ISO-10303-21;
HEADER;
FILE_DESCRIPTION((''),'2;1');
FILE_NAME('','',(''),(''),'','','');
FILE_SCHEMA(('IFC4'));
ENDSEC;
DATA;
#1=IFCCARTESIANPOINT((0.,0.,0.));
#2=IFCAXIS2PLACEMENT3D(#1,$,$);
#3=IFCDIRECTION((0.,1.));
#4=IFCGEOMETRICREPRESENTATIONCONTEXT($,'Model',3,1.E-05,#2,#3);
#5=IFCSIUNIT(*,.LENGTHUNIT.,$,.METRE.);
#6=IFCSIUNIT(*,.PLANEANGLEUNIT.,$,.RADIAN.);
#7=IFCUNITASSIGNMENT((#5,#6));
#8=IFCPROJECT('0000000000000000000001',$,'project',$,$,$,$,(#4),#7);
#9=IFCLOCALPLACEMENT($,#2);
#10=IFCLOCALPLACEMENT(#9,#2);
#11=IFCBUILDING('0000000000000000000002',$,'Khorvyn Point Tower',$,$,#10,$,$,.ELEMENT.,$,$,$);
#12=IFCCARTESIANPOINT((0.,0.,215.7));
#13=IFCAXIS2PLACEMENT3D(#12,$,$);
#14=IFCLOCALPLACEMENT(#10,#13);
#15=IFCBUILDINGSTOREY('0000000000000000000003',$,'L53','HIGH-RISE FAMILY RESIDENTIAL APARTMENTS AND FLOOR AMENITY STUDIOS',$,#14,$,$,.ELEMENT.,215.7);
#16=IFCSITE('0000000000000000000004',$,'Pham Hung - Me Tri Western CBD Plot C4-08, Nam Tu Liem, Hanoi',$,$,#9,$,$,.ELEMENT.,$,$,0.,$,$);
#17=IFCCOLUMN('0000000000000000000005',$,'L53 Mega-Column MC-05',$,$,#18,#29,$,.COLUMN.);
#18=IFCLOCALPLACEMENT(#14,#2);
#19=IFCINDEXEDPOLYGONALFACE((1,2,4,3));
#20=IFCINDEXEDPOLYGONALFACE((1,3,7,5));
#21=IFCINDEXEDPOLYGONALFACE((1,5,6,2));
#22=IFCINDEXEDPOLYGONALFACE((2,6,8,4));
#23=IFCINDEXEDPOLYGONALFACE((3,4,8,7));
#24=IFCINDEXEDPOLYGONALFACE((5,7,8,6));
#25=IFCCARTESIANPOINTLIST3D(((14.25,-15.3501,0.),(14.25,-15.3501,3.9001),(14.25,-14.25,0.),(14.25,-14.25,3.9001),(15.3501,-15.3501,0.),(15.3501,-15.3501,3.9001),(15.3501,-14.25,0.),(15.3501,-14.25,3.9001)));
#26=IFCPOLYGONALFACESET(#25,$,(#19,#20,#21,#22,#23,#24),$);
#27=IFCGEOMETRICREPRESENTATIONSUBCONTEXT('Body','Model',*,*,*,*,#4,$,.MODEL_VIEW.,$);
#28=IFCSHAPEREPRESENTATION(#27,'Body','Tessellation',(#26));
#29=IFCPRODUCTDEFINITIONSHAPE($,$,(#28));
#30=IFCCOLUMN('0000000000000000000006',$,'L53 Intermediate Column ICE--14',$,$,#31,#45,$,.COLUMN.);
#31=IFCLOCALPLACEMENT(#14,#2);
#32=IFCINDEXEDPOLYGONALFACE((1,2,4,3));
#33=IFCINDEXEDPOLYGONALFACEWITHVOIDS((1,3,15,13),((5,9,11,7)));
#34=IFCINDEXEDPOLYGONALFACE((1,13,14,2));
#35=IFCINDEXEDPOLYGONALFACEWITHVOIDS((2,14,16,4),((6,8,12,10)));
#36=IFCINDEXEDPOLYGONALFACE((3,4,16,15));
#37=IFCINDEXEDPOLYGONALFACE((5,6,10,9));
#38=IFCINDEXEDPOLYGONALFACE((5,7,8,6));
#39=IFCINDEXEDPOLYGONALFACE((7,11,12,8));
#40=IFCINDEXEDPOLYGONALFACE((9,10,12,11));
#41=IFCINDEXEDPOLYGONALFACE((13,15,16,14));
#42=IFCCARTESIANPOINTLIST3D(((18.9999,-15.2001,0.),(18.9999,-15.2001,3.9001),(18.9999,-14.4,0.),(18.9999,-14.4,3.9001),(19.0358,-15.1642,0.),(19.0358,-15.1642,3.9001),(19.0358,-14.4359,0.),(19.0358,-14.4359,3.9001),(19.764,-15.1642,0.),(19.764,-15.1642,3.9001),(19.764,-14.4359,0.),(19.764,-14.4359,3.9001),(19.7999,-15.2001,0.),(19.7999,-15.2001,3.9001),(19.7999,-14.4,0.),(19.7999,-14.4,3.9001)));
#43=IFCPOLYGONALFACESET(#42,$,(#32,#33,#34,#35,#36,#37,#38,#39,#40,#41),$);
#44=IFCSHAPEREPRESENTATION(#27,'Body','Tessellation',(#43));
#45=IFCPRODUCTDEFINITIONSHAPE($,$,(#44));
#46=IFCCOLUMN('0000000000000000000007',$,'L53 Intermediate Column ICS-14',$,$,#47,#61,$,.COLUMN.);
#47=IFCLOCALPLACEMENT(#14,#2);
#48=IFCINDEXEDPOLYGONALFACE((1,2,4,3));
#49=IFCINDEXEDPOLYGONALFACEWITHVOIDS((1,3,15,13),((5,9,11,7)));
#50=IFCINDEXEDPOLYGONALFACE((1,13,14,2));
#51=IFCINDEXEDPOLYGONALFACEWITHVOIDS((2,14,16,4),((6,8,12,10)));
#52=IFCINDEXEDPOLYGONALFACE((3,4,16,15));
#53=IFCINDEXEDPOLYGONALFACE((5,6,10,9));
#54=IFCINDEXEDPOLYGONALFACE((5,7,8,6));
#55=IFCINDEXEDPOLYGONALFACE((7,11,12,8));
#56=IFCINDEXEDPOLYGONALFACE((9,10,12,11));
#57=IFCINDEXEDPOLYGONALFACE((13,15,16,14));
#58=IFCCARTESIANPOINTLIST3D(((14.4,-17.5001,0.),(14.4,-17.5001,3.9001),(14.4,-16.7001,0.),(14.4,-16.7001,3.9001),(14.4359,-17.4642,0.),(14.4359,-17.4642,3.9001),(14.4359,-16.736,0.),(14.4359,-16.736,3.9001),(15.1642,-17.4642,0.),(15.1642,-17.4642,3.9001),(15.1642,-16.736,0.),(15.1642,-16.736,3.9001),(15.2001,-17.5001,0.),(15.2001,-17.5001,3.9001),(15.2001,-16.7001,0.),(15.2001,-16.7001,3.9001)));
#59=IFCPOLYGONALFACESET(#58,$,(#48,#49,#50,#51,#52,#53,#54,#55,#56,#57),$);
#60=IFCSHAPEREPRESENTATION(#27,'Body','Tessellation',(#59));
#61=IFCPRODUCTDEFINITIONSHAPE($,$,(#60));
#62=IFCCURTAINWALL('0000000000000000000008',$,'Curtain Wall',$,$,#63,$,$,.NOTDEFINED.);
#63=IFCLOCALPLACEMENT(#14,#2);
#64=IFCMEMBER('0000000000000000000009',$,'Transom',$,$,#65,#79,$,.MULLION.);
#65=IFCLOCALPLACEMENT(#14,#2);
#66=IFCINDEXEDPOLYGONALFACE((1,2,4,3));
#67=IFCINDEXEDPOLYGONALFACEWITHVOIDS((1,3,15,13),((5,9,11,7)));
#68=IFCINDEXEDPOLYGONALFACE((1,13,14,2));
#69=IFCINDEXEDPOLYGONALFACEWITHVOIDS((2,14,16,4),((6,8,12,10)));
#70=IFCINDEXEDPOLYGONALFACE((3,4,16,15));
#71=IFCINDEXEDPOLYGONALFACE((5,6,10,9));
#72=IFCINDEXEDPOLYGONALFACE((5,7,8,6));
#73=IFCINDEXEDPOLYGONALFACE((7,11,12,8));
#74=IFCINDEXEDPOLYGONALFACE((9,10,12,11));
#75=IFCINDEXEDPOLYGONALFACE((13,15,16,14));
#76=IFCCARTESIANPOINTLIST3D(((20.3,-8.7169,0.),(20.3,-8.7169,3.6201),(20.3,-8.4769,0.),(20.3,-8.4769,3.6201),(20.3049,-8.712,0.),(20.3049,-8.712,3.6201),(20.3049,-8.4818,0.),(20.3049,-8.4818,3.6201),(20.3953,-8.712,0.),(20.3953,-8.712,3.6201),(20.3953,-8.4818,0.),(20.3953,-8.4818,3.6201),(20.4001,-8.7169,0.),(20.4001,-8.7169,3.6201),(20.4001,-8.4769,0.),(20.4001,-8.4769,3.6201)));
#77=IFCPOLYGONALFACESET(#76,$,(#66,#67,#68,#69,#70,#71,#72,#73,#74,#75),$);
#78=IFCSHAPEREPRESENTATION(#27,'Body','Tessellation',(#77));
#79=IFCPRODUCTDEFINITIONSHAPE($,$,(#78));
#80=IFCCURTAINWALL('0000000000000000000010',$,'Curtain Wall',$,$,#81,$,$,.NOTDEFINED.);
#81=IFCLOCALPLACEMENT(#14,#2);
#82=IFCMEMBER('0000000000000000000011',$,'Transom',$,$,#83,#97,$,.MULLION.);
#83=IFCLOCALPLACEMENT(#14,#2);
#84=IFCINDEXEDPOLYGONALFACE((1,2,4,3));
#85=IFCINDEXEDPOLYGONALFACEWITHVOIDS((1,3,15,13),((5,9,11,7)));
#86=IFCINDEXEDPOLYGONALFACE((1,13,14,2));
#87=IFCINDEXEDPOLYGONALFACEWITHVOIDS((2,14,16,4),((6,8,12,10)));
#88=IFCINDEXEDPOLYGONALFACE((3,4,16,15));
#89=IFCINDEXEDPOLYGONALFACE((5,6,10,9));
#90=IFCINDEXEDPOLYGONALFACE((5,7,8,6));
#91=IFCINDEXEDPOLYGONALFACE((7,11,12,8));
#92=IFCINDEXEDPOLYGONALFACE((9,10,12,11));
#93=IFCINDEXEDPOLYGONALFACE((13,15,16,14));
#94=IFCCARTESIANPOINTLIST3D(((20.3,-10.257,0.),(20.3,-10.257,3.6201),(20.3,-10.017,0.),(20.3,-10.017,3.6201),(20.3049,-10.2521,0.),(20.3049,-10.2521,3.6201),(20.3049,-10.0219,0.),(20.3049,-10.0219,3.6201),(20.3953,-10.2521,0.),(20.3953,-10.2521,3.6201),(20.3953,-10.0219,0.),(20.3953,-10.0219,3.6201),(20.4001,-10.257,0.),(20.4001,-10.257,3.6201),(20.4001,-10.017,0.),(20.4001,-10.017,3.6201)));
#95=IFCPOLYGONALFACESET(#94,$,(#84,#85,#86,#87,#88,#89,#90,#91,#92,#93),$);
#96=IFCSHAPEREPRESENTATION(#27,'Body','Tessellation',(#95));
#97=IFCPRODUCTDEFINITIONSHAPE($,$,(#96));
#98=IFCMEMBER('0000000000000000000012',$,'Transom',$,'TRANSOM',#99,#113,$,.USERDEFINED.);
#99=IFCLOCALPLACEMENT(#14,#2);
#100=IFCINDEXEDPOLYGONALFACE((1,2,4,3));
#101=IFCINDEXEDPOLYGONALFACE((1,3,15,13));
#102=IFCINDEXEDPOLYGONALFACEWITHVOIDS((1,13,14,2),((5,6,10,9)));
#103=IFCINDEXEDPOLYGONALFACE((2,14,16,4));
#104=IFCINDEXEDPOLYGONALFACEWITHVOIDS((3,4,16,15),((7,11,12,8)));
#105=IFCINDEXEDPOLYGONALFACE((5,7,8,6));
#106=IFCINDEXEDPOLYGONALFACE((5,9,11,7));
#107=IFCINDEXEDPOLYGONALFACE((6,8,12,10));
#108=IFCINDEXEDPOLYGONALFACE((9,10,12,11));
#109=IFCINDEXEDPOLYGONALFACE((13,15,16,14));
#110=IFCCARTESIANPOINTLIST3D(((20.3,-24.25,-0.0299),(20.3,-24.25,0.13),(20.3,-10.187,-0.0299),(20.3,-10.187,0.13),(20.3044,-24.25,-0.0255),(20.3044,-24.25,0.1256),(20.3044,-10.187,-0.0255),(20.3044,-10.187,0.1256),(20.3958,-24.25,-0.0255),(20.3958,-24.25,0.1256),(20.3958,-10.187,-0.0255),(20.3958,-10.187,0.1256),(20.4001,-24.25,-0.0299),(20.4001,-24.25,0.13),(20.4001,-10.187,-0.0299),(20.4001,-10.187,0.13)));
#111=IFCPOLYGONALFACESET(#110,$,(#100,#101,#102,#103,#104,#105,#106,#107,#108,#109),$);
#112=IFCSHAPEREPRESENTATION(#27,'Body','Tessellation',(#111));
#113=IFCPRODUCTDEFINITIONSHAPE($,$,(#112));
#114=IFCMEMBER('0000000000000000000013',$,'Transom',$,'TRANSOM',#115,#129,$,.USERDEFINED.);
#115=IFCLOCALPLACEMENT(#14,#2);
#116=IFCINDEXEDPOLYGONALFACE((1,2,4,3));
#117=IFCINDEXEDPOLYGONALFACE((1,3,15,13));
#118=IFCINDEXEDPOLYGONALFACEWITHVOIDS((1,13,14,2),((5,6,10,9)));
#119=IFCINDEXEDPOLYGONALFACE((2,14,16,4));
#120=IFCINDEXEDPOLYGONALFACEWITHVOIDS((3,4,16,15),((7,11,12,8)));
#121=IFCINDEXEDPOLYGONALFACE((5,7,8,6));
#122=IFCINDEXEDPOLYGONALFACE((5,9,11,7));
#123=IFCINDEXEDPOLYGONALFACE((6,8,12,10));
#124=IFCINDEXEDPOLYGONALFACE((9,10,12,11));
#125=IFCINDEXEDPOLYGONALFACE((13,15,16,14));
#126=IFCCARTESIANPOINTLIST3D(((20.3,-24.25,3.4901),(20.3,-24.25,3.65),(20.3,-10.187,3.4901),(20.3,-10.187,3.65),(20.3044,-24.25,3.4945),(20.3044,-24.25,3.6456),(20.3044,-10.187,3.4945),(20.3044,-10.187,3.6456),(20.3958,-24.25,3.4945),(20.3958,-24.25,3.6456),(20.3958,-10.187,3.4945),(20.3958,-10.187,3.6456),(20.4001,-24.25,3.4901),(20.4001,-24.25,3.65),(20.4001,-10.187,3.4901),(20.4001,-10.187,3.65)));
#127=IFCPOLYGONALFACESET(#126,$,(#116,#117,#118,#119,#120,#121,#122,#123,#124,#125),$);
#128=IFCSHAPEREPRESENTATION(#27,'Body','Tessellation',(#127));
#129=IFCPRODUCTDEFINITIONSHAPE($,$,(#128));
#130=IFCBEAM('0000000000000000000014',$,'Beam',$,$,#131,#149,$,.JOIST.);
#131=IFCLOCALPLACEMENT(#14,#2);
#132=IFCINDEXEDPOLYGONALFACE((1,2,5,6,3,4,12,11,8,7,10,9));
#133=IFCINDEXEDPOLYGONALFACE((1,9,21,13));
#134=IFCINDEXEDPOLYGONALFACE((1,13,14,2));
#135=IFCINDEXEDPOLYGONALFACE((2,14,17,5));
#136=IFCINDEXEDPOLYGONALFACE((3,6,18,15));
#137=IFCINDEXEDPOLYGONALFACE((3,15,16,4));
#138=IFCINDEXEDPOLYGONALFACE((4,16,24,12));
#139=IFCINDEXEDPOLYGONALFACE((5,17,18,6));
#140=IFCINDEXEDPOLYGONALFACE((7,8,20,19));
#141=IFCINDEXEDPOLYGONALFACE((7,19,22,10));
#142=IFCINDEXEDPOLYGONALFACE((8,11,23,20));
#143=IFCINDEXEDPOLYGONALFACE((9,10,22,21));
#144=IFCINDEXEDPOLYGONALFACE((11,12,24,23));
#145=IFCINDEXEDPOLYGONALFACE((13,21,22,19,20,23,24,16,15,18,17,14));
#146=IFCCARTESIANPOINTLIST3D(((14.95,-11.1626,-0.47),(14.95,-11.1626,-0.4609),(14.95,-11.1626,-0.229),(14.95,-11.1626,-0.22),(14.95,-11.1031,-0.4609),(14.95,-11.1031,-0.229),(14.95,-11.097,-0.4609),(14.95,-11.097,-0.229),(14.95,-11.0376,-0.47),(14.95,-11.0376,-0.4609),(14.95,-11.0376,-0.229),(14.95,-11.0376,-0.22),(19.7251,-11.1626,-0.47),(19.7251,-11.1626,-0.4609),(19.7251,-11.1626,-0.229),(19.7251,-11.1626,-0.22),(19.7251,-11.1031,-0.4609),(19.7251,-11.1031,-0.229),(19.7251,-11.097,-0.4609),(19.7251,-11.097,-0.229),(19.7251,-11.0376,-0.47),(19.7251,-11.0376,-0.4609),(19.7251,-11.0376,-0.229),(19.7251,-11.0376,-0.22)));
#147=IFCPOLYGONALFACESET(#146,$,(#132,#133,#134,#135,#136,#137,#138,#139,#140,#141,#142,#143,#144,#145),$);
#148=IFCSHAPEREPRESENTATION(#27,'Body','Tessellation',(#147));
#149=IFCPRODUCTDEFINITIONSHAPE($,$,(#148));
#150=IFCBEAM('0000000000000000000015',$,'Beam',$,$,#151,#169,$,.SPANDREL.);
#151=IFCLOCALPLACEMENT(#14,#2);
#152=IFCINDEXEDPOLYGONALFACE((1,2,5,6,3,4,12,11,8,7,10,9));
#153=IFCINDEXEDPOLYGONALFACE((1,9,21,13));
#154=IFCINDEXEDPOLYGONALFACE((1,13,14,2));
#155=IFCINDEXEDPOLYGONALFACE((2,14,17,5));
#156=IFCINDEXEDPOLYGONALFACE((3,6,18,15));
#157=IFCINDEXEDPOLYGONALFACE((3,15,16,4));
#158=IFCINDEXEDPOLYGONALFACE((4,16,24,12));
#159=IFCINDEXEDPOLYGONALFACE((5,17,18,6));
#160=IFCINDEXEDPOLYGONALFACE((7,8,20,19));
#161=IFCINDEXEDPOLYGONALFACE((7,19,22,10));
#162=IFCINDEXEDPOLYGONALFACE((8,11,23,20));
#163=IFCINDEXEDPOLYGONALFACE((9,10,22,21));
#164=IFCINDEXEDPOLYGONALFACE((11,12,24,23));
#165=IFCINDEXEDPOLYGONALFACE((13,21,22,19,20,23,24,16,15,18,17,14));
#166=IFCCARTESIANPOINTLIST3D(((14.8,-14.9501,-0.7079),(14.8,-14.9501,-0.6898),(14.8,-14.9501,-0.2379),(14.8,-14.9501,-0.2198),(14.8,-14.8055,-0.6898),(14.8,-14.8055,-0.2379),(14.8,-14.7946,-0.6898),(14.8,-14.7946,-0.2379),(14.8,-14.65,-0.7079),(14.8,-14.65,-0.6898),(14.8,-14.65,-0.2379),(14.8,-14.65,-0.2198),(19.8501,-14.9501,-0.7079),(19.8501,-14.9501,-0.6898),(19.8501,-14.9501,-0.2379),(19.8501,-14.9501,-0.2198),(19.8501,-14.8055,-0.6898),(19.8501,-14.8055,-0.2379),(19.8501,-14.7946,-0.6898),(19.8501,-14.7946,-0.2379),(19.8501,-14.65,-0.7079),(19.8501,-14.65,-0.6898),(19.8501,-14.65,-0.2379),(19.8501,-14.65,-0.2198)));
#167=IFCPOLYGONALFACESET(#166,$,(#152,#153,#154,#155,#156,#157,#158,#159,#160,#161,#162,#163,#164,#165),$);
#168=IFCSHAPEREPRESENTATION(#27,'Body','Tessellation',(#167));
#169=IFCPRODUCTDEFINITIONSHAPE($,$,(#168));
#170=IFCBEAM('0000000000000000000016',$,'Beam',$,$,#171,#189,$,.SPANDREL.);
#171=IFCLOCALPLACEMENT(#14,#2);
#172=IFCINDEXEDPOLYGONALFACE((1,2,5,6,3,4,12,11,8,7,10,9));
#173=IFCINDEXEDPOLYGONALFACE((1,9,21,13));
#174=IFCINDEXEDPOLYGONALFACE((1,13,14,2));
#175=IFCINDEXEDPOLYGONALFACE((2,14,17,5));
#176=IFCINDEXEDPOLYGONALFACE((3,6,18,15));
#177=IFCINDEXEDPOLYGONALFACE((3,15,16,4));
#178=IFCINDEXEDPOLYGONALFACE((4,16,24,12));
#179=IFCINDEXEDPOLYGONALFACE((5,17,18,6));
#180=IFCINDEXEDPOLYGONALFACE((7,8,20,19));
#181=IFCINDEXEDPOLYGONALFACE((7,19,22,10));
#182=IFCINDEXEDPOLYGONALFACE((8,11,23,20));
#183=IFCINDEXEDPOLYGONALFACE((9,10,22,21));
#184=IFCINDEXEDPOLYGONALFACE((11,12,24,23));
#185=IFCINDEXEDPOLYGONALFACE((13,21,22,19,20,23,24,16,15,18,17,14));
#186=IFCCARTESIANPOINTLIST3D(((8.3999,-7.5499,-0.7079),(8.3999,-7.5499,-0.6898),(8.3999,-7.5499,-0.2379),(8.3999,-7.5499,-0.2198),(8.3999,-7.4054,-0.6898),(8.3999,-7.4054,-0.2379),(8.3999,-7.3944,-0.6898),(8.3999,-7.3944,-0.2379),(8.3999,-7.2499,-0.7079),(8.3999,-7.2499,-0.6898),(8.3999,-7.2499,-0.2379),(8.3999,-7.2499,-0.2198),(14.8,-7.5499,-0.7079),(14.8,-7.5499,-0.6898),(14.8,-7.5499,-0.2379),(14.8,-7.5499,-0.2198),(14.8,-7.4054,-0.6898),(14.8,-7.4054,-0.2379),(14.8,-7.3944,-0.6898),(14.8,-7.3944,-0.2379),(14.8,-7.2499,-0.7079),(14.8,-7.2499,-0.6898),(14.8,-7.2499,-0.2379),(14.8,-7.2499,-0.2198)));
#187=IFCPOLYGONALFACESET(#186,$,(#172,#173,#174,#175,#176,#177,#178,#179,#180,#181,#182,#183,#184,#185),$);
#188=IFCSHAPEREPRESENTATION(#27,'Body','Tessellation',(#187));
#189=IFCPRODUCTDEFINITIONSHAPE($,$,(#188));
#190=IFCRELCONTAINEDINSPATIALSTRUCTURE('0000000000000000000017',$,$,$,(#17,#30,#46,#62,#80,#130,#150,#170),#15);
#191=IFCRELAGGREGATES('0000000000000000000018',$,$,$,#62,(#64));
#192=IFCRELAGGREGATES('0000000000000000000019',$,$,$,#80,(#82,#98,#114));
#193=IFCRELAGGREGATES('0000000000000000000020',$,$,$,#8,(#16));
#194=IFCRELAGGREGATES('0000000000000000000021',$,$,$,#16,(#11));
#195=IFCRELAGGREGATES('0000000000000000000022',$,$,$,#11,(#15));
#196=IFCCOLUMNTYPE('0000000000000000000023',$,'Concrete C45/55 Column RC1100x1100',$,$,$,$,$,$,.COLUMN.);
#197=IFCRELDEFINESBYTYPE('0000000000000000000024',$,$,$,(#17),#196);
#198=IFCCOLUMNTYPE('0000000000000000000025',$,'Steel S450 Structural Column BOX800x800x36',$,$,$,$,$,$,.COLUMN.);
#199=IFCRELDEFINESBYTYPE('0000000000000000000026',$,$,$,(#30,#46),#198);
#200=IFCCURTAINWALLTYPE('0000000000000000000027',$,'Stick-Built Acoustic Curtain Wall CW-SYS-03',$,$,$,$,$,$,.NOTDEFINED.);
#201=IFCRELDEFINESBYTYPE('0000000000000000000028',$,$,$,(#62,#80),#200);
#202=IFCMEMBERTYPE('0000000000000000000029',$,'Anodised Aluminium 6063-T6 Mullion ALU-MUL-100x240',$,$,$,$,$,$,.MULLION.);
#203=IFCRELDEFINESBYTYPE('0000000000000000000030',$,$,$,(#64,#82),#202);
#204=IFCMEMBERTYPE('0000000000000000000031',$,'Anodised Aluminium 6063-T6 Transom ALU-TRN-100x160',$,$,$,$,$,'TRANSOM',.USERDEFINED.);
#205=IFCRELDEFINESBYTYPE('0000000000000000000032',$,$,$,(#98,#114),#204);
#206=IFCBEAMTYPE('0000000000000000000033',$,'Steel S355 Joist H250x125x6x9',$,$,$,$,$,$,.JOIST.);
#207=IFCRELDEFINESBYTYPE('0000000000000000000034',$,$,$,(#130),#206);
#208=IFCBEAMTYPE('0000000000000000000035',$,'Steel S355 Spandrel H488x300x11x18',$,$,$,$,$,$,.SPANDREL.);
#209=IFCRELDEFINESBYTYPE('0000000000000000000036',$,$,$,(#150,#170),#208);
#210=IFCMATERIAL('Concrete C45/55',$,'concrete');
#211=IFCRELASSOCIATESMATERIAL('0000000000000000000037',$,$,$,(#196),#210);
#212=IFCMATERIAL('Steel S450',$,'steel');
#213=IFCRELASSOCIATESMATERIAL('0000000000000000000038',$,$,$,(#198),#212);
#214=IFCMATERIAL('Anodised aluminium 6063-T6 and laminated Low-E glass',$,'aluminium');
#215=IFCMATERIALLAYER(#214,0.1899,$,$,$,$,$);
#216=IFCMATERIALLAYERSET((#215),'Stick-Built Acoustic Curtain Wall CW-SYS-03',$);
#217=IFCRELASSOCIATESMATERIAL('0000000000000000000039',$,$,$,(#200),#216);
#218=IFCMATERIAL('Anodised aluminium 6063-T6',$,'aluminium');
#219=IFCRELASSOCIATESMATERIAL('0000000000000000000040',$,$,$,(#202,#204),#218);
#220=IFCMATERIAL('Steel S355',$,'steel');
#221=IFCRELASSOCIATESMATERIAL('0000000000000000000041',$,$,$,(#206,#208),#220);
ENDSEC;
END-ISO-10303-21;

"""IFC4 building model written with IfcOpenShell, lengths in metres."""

from ifc_helpers import new_model, si_unit, direction, frame, origin, origin_2d, place, context, subcontext, project, spatial, rectangle, hollow_rectangle, i_section, extrude, material, layer, layer_set, material_profile, profile_set, type_object, element, aggregate, save


model = new_model("IFC4")

# Units and contexts
model_context = context("Model", 3, precision=1e-05, world=origin(), true_north=direction((0.0, 1.0)))
body_context = subcontext(model_context, "Body", "Model", "MODEL_VIEW")
ifc_project = project(units=[si_unit("LENGTHUNIT", "METRE"), si_unit("PLANEANGLEUNIT", "RADIAN")], contexts=[model_context])

# Site, building, storey
site_placement = place(None, origin())
site = spatial("IfcSite", under=ifc_project, at=site_placement, Name="Pham Hung - Me Tri Western CBD Plot C4-08, Nam Tu Liem, Hanoi", CompositionType="ELEMENT", RefElevation=0.0)
building_placement = place(site_placement, origin())
building = spatial("IfcBuilding", under=site, at=building_placement, Name="Khorvyn Point Tower", CompositionType="ELEMENT")
storey_placement = place(building_placement, frame((0.0, 0.0, 215.7)))
storey = spatial("IfcBuildingStorey", under=building, at=storey_placement, Name="L53", Description="HIGH-RISE FAMILY RESIDENTIAL APARTMENTS AND FLOOR AMENITY STUDIOS", CompositionType="ELEMENT", Elevation=215.7)

# Columns
ifc_material_1 = material(Name="Concrete C45/55", Category="concrete")
ifc_material_profile_1 = material_profile(ifc_material_1, rectangle(XDim=1.1001, YDim=1.1001, at=origin_2d()))
ifc_profile_set_1 = profile_set([ifc_material_profile_1], Name="Concrete C45/55 RC1100x1100")
column_type_1 = type_object("IfcColumnType", Name="Concrete C45/55 Column RC1100x1100", PredefinedType="COLUMN", material=ifc_profile_set_1)
column_placement = place(storey_placement, frame((14.8, -14.8, 0.0), z_axis=(0.0, 0.0, 1.0), x_axis=(1.0, 0.0, 0.0)))
element("IfcColumn", 1, at=column_placement, inside=storey, type_object=column_type_1, Name="L53 Mega-Column MC-05", PredefinedType="COLUMN", context=body_context, shape_type="SweptSolid", body=[
    extrude(rectangle(XDim=1.1001, YDim=1.1001, at=origin_2d()), origin(), (0.0, 0.0, 1.0), 3.9001),
])
ifc_material_2 = material(Name="Steel S450", Category="steel")
ifc_material_profile_2 = material_profile(ifc_material_2, hollow_rectangle(XDim=0.8, YDim=0.8, WallThickness=0.0359, at=origin_2d()))
ifc_profile_set_2 = profile_set([ifc_material_profile_2], Name="Steel S450 BOX800x800x36")
column_type_2 = type_object("IfcColumnType", Name="Steel S450 Structural Column BOX800x800x36", PredefinedType="COLUMN", material=ifc_profile_set_2)
for number, where, z_axis, x_axis, name in (
    (2, (19.3999, -14.8, 0.0), (0.0, 0.0, 1.0), (1.0, 0.0, 0.0), "L53 Intermediate Column ICE--14"),
    (3, (14.8, -17.1001, 0.0), (0.0, 0.0, 1.0), (1.0, 0.0, 0.0), "L53 Intermediate Column ICS-14"),
):
    element("IfcColumn", number, at=place(storey_placement, frame(where, z_axis=z_axis, x_axis=x_axis)), inside=storey, type_object=column_type_2, Name=name, PredefinedType="COLUMN", context=body_context, shape_type="SweptSolid", body=[
        extrude(hollow_rectangle(XDim=0.8, YDim=0.8, WallThickness=0.0359, at=origin_2d()), origin(), (0.0, 0.0, 1.0), 3.9001),
    ])

# Curtain wall, member
ifc_material_3 = material(Name="Anodised aluminium 6063-T6 and laminated Low-E glass", Category="aluminium")
ifc_layer_1 = layer(ifc_material_3, 0.1899)
ifc_layer_set_1 = layer_set([ifc_layer_1], Name="Stick-Built Acoustic Curtain Wall CW-SYS-03")
curtain_wall_type = type_object("IfcCurtainWallType", Name="Stick-Built Acoustic Curtain Wall CW-SYS-03", PredefinedType="NOTDEFINED", material=ifc_layer_set_1)
curtain_wall_1_placement = place(storey_placement, origin())
curtain_wall_1 = element("IfcCurtainWall", 4, at=curtain_wall_1_placement, inside=storey, type_object=curtain_wall_type, Name="Curtain Wall", PredefinedType="NOTDEFINED")
ifc_material_4 = material(Name="Anodised aluminium 6063-T6", Category="aluminium")
ifc_material_profile_3 = material_profile(ifc_material_4, hollow_rectangle(XDim=0.1001, YDim=0.24, WallThickness=0.0049, at=origin_2d()))
ifc_profile_set_3 = profile_set([ifc_material_profile_3], Name="Anodised aluminium 6063-T6 ALU-MUL-100x240")
member_type_1 = type_object("IfcMemberType", Name="Anodised Aluminium 6063-T6 Mullion ALU-MUL-100x240", PredefinedType="MULLION", material=ifc_profile_set_3)
member_1_placement = place(storey_placement, frame((20.3501, -8.5969, 0.0), z_axis=(0.0, 0.0, 1.0), x_axis=(1.0, 0.0, 0.0)))
member_1 = element("IfcMember", 5, at=member_1_placement, type_object=member_type_1, Name="Transom", PredefinedType="MULLION", context=body_context, shape_type="SweptSolid", body=[
    extrude(hollow_rectangle(XDim=0.1001, YDim=0.24, WallThickness=0.0049, at=origin_2d()), origin(), (0.0, 0.0, 1.0), 3.6201),
])
aggregate(curtain_wall_1, [member_1])

# Curtain wall, members
curtain_wall_2_placement = place(storey_placement, origin())
curtain_wall_2 = element("IfcCurtainWall", 6, at=curtain_wall_2_placement, inside=storey, type_object=curtain_wall_type, Name="Curtain Wall", PredefinedType="NOTDEFINED")
member_2_placement = place(storey_placement, frame((20.3501, -10.137, 0.0), z_axis=(0.0, 0.0, 1.0), x_axis=(1.0, 0.0, 0.0)))
member_2 = element("IfcMember", 7, at=member_2_placement, type_object=member_type_1, Name="Transom", PredefinedType="MULLION", context=body_context, shape_type="SweptSolid", body=[
    extrude(hollow_rectangle(XDim=0.1001, YDim=0.24, WallThickness=0.0049, at=origin_2d()), origin(), (0.0, 0.0, 1.0), 3.6201),
])
ifc_material_profile_4 = material_profile(ifc_material_4, hollow_rectangle(XDim=0.1001, YDim=0.1599, WallThickness=0.0044, at=origin_2d()))
ifc_profile_set_4 = profile_set([ifc_material_profile_4], Name="Anodised aluminium 6063-T6 ALU-TRN-100x160")
member_type_2 = type_object("IfcMemberType", Name="Anodised Aluminium 6063-T6 Transom ALU-TRN-100x160", ElementType="TRANSOM", PredefinedType="USERDEFINED", material=ifc_profile_set_4)
member_3_placement = place(storey_placement, frame((20.3501, -10.187, 0.05), z_axis=(0.0, -1.0, 0.0), x_axis=(1.0, 0.0, 0.0)))
member_3 = element("IfcMember", 8, at=member_3_placement, type_object=member_type_2, Name="Transom", ObjectType="TRANSOM", PredefinedType="USERDEFINED", context=body_context, shape_type="SweptSolid", body=[
    extrude(hollow_rectangle(XDim=0.1001, YDim=0.1599, WallThickness=0.0044, at=origin_2d()), origin(), (0.0, 0.0, 1.0), 14.063),
])
member_4_placement = place(storey_placement, frame((20.3501, -10.187, 3.5701), z_axis=(0.0, -1.0, 0.0), x_axis=(1.0, 0.0, 0.0)))
member_4 = element("IfcMember", 9, at=member_4_placement, type_object=member_type_2, Name="Transom", ObjectType="TRANSOM", PredefinedType="USERDEFINED", context=body_context, shape_type="SweptSolid", body=[
    extrude(hollow_rectangle(XDim=0.1001, YDim=0.1599, WallThickness=0.0044, at=origin_2d()), origin(), (0.0, 0.0, 1.0), 14.063),
])
aggregate(curtain_wall_2, [member_2, member_3, member_4])

# Beams
ifc_material_5 = material(Name="Steel S355", Category="steel")
ifc_material_profile_5 = material_profile(ifc_material_5, i_section(OverallWidth=0.125, OverallDepth=0.25, WebThickness=0.0061, FlangeThickness=0.009, at=origin_2d()))
ifc_profile_set_5 = profile_set([ifc_material_profile_5], Name="Steel S355 H250x125x6x9")
beam_type_1 = type_object("IfcBeamType", Name="Steel S355 Joist H250x125x6x9", PredefinedType="JOIST", material=ifc_profile_set_5)
beam_1_placement = place(storey_placement, frame((14.95, -11.1001, -0.345), z_axis=(1.0, 0.0, 0.0), x_axis=(0.0, 1.0, 0.0)))
element("IfcBeam", 10, at=beam_1_placement, inside=storey, type_object=beam_type_1, Name="Beam", PredefinedType="JOIST", context=body_context, shape_type="SweptSolid", body=[
    extrude(i_section(OverallWidth=0.125, OverallDepth=0.25, WebThickness=0.0061, FlangeThickness=0.009, at=origin_2d()), origin(), (0.0, 0.0, 1.0), 4.7751),
])
ifc_material_profile_6 = material_profile(ifc_material_5, i_section(OverallWidth=0.3, OverallDepth=0.488, WebThickness=0.011, FlangeThickness=0.0181, at=origin_2d()))
ifc_profile_set_6 = profile_set([ifc_material_profile_6], Name="Steel S355 H488x300x11x18")
beam_type_2 = type_object("IfcBeamType", Name="Steel S355 Spandrel H488x300x11x18", PredefinedType="SPANDREL", material=ifc_profile_set_6)
beam_2_placement = place(storey_placement, frame((14.8, -14.8, -0.4639), z_axis=(1.0, 0.0, 0.0), x_axis=(0.0, 1.0, 0.0)))
element("IfcBeam", 11, at=beam_2_placement, inside=storey, type_object=beam_type_2, Name="Beam", PredefinedType="SPANDREL", context=body_context, shape_type="SweptSolid", body=[
    extrude(i_section(OverallWidth=0.3, OverallDepth=0.488, WebThickness=0.011, FlangeThickness=0.0181, at=origin_2d()), origin(), (0.0, 0.0, 1.0), 5.05),
])
beam_3_placement = place(storey_placement, frame((8.3999, -7.3999, -0.4639), z_axis=(1.0, 0.0, 0.0), x_axis=(0.0, 1.0, 0.0)))
element("IfcBeam", 12, at=beam_3_placement, inside=storey, type_object=beam_type_2, Name="Beam", PredefinedType="SPANDREL", context=body_context, shape_type="SweptSolid", body=[
    extrude(i_section(OverallWidth=0.3, OverallDepth=0.488, WebThickness=0.011, FlangeThickness=0.0181, at=origin_2d()), origin(), (0.0, 0.0, 1.0), 6.4001),
])

save(model, "model.ifc")
